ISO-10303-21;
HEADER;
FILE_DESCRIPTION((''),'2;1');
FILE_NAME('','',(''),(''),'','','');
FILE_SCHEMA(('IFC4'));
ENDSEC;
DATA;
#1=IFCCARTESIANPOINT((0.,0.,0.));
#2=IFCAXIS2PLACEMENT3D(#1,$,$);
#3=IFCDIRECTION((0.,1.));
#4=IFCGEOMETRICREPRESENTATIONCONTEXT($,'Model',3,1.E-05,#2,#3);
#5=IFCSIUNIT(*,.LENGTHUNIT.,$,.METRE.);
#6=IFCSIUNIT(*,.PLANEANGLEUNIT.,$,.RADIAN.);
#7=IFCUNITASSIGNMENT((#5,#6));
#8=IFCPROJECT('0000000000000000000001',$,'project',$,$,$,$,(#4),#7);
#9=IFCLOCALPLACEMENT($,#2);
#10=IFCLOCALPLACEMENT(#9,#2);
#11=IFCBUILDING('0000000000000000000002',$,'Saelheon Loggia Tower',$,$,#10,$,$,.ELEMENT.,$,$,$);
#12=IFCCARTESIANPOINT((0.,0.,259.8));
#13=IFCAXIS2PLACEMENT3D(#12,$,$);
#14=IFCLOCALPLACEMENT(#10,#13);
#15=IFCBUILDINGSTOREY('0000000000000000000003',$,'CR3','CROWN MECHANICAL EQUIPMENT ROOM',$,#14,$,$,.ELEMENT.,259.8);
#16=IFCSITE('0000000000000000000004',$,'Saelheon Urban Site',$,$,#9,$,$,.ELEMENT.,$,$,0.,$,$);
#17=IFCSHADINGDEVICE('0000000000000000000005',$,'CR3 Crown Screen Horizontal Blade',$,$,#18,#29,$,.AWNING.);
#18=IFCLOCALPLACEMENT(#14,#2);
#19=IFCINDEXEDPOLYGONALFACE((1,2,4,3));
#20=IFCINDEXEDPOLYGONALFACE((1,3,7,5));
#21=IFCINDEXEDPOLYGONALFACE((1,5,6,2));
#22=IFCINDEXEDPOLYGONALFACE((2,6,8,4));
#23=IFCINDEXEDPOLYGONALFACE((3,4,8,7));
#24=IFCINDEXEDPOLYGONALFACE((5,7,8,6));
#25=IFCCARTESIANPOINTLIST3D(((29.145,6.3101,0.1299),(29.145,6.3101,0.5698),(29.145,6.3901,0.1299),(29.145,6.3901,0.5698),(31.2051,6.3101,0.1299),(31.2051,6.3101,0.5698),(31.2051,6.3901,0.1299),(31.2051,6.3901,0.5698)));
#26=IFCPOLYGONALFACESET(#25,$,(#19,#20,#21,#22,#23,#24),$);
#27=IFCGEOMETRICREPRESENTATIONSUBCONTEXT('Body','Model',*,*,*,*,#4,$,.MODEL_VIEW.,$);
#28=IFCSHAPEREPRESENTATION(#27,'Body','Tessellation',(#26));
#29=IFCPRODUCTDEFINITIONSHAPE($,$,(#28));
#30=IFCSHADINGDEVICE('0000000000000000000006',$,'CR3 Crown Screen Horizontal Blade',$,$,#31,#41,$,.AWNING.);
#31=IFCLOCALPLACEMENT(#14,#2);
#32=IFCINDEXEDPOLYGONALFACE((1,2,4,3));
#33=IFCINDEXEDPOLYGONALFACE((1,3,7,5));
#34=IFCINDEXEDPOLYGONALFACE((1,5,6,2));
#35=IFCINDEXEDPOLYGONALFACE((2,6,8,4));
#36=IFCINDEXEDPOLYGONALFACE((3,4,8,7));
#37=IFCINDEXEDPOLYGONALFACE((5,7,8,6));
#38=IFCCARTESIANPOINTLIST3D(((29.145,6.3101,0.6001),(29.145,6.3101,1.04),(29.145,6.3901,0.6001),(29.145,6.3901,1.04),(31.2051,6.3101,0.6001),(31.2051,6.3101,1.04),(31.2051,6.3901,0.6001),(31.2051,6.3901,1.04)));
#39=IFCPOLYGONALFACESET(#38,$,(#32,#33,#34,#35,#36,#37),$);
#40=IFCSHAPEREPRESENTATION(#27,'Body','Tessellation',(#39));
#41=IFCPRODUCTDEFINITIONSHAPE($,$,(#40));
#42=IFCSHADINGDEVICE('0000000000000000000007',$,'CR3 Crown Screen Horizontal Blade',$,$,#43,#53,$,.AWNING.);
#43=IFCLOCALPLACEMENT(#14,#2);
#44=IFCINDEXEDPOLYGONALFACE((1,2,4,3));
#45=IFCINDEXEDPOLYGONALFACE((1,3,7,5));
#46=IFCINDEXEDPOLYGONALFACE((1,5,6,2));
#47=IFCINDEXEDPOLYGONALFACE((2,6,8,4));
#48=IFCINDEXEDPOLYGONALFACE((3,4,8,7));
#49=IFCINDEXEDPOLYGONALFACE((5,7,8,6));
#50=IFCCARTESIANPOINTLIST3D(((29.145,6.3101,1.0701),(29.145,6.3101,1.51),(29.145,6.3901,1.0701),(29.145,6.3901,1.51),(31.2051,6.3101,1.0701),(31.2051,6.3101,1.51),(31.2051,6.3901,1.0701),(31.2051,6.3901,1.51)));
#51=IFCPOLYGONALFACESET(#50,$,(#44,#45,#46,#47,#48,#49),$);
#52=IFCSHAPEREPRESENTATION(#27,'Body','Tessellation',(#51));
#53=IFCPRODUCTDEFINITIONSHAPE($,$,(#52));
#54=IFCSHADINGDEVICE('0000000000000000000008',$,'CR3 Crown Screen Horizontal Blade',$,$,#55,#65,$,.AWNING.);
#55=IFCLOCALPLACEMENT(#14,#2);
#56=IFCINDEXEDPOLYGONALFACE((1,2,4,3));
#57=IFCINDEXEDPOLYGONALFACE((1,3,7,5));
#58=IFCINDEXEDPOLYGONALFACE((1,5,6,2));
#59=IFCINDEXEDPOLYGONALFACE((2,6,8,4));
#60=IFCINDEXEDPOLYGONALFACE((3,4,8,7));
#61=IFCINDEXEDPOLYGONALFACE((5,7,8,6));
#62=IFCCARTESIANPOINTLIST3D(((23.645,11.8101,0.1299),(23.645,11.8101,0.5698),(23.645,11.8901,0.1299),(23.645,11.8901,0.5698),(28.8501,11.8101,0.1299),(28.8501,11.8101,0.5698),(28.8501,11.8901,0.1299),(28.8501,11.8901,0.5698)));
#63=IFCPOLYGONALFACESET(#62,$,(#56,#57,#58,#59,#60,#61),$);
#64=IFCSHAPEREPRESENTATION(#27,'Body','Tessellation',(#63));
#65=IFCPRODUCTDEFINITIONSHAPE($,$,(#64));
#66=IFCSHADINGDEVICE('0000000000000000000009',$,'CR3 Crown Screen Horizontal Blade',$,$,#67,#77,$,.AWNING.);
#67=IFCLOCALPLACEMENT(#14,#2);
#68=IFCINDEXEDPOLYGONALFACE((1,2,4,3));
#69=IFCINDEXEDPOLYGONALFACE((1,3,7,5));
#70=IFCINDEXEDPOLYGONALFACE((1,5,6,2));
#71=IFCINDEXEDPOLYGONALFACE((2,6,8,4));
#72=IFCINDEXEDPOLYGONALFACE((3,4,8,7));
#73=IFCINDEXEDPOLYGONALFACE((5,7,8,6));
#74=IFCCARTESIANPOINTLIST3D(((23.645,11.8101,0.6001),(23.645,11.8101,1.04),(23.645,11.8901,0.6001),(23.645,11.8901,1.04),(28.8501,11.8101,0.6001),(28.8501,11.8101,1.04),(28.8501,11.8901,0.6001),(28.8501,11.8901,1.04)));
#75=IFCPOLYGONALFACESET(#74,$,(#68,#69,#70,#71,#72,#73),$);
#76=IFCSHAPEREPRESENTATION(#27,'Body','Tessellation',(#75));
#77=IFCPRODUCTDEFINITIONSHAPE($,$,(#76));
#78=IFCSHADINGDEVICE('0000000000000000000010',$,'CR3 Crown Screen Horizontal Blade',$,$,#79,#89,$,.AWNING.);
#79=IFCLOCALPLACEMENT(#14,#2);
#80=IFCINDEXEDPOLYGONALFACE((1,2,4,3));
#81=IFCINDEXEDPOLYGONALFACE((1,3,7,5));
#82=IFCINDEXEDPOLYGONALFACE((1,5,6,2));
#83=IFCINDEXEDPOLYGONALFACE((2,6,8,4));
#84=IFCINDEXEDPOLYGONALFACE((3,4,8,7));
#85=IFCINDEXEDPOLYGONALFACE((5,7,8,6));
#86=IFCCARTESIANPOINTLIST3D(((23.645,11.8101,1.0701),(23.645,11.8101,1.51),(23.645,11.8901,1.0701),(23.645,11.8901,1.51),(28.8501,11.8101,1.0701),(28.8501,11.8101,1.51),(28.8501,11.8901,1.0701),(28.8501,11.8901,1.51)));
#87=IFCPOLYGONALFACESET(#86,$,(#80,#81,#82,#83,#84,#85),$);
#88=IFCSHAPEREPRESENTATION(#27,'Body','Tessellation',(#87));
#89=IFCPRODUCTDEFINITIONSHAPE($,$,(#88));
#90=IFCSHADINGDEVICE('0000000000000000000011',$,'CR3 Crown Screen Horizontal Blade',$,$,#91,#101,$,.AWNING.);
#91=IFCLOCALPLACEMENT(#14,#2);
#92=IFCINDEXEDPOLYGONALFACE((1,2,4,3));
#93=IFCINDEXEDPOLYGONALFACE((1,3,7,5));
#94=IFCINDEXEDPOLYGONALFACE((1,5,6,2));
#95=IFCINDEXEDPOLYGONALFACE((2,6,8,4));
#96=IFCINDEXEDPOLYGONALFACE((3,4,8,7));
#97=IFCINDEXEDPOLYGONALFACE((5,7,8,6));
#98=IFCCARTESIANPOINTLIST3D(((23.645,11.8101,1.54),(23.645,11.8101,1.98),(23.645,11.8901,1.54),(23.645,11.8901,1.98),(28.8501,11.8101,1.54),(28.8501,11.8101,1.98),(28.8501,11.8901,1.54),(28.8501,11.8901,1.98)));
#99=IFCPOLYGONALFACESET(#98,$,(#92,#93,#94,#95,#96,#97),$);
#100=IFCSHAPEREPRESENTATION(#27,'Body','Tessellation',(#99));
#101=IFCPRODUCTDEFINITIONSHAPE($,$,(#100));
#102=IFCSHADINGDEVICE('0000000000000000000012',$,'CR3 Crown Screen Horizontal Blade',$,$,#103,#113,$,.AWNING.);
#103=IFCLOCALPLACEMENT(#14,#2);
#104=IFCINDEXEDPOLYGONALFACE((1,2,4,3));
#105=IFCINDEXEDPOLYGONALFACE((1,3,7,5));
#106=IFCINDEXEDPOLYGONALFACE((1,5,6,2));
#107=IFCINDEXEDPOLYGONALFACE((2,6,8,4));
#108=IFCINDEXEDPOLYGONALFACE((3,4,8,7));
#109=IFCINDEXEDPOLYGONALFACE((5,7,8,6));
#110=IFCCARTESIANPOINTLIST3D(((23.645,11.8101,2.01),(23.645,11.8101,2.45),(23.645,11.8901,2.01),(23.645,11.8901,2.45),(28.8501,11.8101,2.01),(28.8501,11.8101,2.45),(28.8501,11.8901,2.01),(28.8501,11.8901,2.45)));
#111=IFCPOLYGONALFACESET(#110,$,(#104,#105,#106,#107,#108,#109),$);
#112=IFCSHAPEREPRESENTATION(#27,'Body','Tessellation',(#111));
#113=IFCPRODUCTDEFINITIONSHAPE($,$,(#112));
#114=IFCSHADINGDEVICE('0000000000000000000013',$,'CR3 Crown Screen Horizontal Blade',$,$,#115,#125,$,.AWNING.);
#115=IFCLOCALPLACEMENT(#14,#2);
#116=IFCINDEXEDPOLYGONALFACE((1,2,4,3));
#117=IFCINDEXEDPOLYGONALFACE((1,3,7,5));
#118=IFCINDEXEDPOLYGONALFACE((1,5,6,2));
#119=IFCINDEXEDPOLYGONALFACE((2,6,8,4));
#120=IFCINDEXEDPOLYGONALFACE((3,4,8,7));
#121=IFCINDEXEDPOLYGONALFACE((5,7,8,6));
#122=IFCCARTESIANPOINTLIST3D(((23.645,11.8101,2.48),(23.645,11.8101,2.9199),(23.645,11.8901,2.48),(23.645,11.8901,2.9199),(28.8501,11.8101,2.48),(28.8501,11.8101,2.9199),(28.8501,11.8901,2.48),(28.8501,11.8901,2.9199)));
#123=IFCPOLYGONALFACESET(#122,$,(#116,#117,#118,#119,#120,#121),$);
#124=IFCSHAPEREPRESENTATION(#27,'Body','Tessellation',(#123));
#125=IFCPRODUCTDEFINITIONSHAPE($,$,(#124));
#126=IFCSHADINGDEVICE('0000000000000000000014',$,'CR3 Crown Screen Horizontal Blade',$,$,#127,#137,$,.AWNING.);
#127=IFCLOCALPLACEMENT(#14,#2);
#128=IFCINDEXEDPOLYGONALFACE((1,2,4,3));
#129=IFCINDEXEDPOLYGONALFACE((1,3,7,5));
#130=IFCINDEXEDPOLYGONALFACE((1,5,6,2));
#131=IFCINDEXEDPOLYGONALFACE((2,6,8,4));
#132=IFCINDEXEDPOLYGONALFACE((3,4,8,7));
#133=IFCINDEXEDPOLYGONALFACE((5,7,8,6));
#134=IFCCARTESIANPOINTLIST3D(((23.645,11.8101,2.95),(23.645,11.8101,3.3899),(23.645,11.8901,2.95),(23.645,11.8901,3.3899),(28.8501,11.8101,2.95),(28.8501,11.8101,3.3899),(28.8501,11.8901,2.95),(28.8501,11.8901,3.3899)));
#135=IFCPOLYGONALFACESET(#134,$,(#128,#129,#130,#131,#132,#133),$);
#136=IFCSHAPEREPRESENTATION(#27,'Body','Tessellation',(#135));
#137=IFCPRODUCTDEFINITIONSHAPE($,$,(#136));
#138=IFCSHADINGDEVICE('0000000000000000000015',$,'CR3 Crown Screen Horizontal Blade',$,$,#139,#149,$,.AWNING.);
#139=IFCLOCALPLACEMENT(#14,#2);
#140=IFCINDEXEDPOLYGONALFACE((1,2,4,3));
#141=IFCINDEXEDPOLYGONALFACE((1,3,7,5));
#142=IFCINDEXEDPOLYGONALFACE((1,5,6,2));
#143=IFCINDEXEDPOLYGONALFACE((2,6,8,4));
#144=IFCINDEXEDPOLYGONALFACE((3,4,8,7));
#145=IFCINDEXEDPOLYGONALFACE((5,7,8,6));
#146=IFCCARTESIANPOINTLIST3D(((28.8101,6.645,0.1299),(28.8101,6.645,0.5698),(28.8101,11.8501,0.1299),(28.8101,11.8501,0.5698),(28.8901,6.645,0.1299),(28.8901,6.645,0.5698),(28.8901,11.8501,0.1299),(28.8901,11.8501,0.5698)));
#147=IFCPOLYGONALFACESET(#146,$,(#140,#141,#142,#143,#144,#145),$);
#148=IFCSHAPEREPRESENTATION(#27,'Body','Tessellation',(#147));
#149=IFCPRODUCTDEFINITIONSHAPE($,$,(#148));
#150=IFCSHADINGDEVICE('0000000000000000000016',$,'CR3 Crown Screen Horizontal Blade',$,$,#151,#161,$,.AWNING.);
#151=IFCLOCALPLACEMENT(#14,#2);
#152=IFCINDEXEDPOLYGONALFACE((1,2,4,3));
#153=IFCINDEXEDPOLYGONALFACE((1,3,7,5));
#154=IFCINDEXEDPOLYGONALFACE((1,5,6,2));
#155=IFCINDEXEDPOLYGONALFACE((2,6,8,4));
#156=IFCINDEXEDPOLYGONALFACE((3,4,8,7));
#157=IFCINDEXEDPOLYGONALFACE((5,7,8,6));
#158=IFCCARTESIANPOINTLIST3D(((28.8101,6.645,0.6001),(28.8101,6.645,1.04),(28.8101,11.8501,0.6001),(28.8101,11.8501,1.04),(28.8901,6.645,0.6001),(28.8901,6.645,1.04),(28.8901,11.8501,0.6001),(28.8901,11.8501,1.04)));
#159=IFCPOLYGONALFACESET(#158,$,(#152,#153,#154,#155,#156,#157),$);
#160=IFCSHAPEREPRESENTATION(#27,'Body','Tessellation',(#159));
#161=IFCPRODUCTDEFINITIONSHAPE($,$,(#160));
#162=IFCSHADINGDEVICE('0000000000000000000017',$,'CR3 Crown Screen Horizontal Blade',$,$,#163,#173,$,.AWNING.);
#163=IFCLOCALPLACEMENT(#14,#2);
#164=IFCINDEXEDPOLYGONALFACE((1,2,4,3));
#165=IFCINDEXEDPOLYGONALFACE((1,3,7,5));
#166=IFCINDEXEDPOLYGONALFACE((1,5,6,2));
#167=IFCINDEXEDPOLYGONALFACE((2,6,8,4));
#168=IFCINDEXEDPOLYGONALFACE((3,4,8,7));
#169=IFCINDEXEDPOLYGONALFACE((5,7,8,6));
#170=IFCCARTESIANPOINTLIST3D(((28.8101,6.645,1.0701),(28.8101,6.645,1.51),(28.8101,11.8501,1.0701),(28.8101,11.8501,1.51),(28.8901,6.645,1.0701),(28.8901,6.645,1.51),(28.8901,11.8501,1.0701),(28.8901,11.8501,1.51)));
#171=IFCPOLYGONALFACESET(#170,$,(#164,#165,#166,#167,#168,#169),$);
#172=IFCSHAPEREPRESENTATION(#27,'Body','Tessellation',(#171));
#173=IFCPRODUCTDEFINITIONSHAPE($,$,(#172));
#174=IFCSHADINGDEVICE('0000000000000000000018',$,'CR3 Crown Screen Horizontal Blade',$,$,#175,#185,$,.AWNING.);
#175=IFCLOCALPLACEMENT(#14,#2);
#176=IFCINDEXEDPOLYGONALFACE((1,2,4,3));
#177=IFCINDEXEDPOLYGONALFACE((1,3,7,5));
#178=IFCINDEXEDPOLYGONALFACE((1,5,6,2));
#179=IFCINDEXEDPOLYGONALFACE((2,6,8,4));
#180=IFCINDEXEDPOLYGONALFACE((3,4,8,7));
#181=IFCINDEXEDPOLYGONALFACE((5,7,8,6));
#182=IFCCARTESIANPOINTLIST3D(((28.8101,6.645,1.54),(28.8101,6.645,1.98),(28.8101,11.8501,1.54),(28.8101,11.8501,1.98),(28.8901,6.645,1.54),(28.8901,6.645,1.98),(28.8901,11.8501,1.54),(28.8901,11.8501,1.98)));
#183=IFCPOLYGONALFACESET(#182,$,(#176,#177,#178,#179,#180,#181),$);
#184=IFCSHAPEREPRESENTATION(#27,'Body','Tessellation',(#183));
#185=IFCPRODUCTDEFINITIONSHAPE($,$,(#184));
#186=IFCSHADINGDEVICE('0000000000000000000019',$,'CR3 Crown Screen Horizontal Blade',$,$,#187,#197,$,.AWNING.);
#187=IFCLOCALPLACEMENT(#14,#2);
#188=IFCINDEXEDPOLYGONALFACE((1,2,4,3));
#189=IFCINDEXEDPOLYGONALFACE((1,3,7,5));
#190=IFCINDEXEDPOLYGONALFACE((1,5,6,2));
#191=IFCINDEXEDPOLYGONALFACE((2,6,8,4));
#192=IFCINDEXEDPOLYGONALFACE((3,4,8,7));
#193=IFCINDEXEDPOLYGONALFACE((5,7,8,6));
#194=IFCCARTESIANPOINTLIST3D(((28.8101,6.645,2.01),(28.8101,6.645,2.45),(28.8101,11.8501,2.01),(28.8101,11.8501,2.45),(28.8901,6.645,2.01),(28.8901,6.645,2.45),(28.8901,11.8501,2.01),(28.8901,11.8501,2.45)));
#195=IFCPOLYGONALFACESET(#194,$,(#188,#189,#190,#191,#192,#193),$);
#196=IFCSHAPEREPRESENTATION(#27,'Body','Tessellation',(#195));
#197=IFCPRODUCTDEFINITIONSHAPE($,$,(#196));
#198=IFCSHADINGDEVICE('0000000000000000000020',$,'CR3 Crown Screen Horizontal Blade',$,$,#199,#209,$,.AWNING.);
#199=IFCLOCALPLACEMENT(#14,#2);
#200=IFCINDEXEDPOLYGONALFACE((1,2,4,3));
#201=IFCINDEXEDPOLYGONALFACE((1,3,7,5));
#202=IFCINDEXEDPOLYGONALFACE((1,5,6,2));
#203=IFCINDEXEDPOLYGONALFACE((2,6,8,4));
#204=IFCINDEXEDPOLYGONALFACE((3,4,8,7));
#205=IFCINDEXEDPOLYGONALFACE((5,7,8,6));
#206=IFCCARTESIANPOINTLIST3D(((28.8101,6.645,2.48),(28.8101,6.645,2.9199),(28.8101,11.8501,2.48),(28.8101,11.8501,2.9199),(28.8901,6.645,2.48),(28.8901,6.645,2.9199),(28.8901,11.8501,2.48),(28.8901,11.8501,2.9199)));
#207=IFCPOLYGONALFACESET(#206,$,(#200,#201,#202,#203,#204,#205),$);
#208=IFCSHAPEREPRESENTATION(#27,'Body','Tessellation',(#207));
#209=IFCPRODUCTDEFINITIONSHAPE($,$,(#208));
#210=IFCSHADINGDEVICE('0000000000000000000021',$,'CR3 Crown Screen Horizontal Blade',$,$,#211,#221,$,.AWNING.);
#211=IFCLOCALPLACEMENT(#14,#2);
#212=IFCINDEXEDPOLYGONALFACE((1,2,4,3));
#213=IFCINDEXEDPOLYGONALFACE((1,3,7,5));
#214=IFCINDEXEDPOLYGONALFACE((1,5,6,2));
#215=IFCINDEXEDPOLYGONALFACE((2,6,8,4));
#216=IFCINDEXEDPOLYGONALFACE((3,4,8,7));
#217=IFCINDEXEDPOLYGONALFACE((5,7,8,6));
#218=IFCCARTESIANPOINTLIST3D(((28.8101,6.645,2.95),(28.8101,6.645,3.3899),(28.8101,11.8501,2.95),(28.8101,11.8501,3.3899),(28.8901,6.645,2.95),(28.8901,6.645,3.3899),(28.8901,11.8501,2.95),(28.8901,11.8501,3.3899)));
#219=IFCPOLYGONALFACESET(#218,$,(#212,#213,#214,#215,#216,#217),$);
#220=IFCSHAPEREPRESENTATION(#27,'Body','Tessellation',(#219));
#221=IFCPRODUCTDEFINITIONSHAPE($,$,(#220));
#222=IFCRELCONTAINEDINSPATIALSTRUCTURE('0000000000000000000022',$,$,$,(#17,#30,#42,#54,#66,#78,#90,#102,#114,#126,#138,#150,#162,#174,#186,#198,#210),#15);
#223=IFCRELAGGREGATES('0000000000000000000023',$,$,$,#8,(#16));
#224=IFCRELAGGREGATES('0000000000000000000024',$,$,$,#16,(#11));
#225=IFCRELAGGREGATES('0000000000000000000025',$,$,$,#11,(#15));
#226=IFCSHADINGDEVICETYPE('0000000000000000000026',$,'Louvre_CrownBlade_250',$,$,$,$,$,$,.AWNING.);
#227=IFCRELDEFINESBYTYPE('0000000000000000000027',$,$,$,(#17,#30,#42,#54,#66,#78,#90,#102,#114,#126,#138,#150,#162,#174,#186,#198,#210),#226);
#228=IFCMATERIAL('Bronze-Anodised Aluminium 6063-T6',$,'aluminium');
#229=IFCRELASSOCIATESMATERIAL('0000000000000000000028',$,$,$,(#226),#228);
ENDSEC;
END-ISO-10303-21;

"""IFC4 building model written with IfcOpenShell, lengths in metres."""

from ifc_helpers import new_model, si_unit, direction, frame, origin, origin_2d, place, context, subcontext, project, spatial, rectangle, extrude, source, transform, mapped, material, material_profile, profile_set, type_object, element, save


model = new_model("IFC4")

# Units and contexts
model_context = context("Model", 3, precision=1e-05, world=origin(), true_north=direction((0.0, 1.0)))
body_context = subcontext(model_context, "Body", "Model", "MODEL_VIEW")
ifc_project = project(units=[si_unit("LENGTHUNIT", "METRE"), si_unit("PLANEANGLEUNIT", "RADIAN")], contexts=[model_context])

# Site, building, storey
site_placement = place(None, origin())
site = spatial("IfcSite", under=ifc_project, at=site_placement, Name="Saelheon Urban Site", CompositionType="ELEMENT", RefElevation=0.0)
building_placement = place(site_placement, origin())
building = spatial("IfcBuilding", under=site, at=building_placement, Name="Saelheon Loggia Tower", CompositionType="ELEMENT")
storey_placement = place(building_placement, frame((0.0, 0.0, 259.8)))
storey = spatial("IfcBuildingStorey", under=building, at=storey_placement, Name="CR3", Description="CROWN MECHANICAL EQUIPMENT ROOM", CompositionType="ELEMENT", Elevation=259.8)

# Shared definitions
ifc_material_1 = material(Name="Bronze-Anodised Aluminium 6063-T6", Category="aluminium")

# Shading devices
ifc_material_profile_1 = material_profile(ifc_material_1, rectangle(XDim=0.0801, YDim=0.4399, at=origin_2d()), Name="Louvre_CrownBlade_250")
ifc_profile_set_1 = profile_set([ifc_material_profile_1], Name="Bronze-Anodised Aluminium 6063-T6")
shading_device_type = type_object("IfcShadingDeviceType", Name="Louvre_CrownBlade_250", PredefinedType="AWNING", material=ifc_profile_set_1)
shared_shape_1 = source(origin(), body_context, "Body", "SweptSolid", [
    extrude(rectangle(XDim=0.0801, YDim=0.4399, at=origin_2d()), origin(), (0.0, 0.0, 1.0), 2.0601),
])
for number, where, z_axis, x_axis, name in (
    (1, (29.145, 6.3501, 0.3499), (1.0, 0.0, 0.0), (0.0, 1.0, 0.0), "CR3 Crown Screen Horizontal Blade"),
    (2, (29.145, 6.3501, 0.8201), (1.0, 0.0, 0.0), (0.0, 1.0, 0.0), "CR3 Crown Screen Horizontal Blade"),
    (3, (29.145, 6.3501, 1.29), (1.0, 0.0, 0.0), (0.0, 1.0, 0.0), "CR3 Crown Screen Horizontal Blade"),
):
    element("IfcShadingDevice", number, at=place(storey_placement, frame(where, z_axis=z_axis, x_axis=x_axis)), inside=storey, type_object=shading_device_type, Name=name, PredefinedType="AWNING", context=body_context, shape_type="MappedRepresentation", body=[
        mapped(shared_shape_1, transform((0.0, 0.0, 0.0), scale=1.0)),
    ])
shared_shape_2 = source(origin(), body_context, "Body", "SweptSolid", [
    extrude(rectangle(XDim=0.0801, YDim=0.4399, at=origin_2d()), origin(), (0.0, 0.0, 1.0), 5.2051),
])
for number, where, z_axis, x_axis, name in (
    (4, (23.645, 11.8501, 0.3499), (1.0, 0.0, 0.0), (0.0, 1.0, 0.0), "CR3 Crown Screen Horizontal Blade"),
    (5, (23.645, 11.8501, 0.8201), (1.0, 0.0, 0.0), (0.0, 1.0, 0.0), "CR3 Crown Screen Horizontal Blade"),
    (6, (23.645, 11.8501, 1.29), (1.0, 0.0, 0.0), (0.0, 1.0, 0.0), "CR3 Crown Screen Horizontal Blade"),
    (7, (23.645, 11.8501, 1.76), (1.0, 0.0, 0.0), (0.0, 1.0, 0.0), "CR3 Crown Screen Horizontal Blade"),
    (8, (23.645, 11.8501, 2.23), (1.0, 0.0, 0.0), (0.0, 1.0, 0.0), "CR3 Crown Screen Horizontal Blade"),
    (9, (23.645, 11.8501, 2.7), (1.0, 0.0, 0.0), (0.0, 1.0, 0.0), "CR3 Crown Screen Horizontal Blade"),
    (10, (23.645, 11.8501, 3.1699), (1.0, 0.0, 0.0), (0.0, 1.0, 0.0), "CR3 Crown Screen Horizontal Blade"),
    (11, (28.8501, 11.8501, 0.3499), (0.0, -1.0, 0.0), (1.0, 0.0, 0.0), "CR3 Crown Screen Horizontal Blade"),
    (12, (28.8501, 11.8501, 0.8201), (0.0, -1.0, 0.0), (1.0, 0.0, 0.0), "CR3 Crown Screen Horizontal Blade"),
    (13, (28.8501, 11.8501, 1.29), (0.0, -1.0, 0.0), (1.0, 0.0, 0.0), "CR3 Crown Screen Horizontal Blade"),
    (14, (28.8501, 11.8501, 1.76), (0.0, -1.0, 0.0), (1.0, 0.0, 0.0), "CR3 Crown Screen Horizontal Blade"),
    (15, (28.8501, 11.8501, 2.23), (0.0, -1.0, 0.0), (1.0, 0.0, 0.0), "CR3 Crown Screen Horizontal Blade"),
    (16, (28.8501, 11.8501, 2.7), (0.0, -1.0, 0.0), (1.0, 0.0, 0.0), "CR3 Crown Screen Horizontal Blade"),
    (17, (28.8501, 11.8501, 3.1699), (0.0, -1.0, 0.0), (1.0, 0.0, 0.0), "CR3 Crown Screen Horizontal Blade"),
):
    element("IfcShadingDevice", number, at=place(storey_placement, frame(where, z_axis=z_axis, x_axis=x_axis)), inside=storey, type_object=shading_device_type, Name=name, PredefinedType="AWNING", context=body_context, shape_type="MappedRepresentation", body=[
        mapped(shared_shape_2, transform((0.0, 0.0, 0.0), scale=1.0)),
    ])

save(model, "model.ifc")
